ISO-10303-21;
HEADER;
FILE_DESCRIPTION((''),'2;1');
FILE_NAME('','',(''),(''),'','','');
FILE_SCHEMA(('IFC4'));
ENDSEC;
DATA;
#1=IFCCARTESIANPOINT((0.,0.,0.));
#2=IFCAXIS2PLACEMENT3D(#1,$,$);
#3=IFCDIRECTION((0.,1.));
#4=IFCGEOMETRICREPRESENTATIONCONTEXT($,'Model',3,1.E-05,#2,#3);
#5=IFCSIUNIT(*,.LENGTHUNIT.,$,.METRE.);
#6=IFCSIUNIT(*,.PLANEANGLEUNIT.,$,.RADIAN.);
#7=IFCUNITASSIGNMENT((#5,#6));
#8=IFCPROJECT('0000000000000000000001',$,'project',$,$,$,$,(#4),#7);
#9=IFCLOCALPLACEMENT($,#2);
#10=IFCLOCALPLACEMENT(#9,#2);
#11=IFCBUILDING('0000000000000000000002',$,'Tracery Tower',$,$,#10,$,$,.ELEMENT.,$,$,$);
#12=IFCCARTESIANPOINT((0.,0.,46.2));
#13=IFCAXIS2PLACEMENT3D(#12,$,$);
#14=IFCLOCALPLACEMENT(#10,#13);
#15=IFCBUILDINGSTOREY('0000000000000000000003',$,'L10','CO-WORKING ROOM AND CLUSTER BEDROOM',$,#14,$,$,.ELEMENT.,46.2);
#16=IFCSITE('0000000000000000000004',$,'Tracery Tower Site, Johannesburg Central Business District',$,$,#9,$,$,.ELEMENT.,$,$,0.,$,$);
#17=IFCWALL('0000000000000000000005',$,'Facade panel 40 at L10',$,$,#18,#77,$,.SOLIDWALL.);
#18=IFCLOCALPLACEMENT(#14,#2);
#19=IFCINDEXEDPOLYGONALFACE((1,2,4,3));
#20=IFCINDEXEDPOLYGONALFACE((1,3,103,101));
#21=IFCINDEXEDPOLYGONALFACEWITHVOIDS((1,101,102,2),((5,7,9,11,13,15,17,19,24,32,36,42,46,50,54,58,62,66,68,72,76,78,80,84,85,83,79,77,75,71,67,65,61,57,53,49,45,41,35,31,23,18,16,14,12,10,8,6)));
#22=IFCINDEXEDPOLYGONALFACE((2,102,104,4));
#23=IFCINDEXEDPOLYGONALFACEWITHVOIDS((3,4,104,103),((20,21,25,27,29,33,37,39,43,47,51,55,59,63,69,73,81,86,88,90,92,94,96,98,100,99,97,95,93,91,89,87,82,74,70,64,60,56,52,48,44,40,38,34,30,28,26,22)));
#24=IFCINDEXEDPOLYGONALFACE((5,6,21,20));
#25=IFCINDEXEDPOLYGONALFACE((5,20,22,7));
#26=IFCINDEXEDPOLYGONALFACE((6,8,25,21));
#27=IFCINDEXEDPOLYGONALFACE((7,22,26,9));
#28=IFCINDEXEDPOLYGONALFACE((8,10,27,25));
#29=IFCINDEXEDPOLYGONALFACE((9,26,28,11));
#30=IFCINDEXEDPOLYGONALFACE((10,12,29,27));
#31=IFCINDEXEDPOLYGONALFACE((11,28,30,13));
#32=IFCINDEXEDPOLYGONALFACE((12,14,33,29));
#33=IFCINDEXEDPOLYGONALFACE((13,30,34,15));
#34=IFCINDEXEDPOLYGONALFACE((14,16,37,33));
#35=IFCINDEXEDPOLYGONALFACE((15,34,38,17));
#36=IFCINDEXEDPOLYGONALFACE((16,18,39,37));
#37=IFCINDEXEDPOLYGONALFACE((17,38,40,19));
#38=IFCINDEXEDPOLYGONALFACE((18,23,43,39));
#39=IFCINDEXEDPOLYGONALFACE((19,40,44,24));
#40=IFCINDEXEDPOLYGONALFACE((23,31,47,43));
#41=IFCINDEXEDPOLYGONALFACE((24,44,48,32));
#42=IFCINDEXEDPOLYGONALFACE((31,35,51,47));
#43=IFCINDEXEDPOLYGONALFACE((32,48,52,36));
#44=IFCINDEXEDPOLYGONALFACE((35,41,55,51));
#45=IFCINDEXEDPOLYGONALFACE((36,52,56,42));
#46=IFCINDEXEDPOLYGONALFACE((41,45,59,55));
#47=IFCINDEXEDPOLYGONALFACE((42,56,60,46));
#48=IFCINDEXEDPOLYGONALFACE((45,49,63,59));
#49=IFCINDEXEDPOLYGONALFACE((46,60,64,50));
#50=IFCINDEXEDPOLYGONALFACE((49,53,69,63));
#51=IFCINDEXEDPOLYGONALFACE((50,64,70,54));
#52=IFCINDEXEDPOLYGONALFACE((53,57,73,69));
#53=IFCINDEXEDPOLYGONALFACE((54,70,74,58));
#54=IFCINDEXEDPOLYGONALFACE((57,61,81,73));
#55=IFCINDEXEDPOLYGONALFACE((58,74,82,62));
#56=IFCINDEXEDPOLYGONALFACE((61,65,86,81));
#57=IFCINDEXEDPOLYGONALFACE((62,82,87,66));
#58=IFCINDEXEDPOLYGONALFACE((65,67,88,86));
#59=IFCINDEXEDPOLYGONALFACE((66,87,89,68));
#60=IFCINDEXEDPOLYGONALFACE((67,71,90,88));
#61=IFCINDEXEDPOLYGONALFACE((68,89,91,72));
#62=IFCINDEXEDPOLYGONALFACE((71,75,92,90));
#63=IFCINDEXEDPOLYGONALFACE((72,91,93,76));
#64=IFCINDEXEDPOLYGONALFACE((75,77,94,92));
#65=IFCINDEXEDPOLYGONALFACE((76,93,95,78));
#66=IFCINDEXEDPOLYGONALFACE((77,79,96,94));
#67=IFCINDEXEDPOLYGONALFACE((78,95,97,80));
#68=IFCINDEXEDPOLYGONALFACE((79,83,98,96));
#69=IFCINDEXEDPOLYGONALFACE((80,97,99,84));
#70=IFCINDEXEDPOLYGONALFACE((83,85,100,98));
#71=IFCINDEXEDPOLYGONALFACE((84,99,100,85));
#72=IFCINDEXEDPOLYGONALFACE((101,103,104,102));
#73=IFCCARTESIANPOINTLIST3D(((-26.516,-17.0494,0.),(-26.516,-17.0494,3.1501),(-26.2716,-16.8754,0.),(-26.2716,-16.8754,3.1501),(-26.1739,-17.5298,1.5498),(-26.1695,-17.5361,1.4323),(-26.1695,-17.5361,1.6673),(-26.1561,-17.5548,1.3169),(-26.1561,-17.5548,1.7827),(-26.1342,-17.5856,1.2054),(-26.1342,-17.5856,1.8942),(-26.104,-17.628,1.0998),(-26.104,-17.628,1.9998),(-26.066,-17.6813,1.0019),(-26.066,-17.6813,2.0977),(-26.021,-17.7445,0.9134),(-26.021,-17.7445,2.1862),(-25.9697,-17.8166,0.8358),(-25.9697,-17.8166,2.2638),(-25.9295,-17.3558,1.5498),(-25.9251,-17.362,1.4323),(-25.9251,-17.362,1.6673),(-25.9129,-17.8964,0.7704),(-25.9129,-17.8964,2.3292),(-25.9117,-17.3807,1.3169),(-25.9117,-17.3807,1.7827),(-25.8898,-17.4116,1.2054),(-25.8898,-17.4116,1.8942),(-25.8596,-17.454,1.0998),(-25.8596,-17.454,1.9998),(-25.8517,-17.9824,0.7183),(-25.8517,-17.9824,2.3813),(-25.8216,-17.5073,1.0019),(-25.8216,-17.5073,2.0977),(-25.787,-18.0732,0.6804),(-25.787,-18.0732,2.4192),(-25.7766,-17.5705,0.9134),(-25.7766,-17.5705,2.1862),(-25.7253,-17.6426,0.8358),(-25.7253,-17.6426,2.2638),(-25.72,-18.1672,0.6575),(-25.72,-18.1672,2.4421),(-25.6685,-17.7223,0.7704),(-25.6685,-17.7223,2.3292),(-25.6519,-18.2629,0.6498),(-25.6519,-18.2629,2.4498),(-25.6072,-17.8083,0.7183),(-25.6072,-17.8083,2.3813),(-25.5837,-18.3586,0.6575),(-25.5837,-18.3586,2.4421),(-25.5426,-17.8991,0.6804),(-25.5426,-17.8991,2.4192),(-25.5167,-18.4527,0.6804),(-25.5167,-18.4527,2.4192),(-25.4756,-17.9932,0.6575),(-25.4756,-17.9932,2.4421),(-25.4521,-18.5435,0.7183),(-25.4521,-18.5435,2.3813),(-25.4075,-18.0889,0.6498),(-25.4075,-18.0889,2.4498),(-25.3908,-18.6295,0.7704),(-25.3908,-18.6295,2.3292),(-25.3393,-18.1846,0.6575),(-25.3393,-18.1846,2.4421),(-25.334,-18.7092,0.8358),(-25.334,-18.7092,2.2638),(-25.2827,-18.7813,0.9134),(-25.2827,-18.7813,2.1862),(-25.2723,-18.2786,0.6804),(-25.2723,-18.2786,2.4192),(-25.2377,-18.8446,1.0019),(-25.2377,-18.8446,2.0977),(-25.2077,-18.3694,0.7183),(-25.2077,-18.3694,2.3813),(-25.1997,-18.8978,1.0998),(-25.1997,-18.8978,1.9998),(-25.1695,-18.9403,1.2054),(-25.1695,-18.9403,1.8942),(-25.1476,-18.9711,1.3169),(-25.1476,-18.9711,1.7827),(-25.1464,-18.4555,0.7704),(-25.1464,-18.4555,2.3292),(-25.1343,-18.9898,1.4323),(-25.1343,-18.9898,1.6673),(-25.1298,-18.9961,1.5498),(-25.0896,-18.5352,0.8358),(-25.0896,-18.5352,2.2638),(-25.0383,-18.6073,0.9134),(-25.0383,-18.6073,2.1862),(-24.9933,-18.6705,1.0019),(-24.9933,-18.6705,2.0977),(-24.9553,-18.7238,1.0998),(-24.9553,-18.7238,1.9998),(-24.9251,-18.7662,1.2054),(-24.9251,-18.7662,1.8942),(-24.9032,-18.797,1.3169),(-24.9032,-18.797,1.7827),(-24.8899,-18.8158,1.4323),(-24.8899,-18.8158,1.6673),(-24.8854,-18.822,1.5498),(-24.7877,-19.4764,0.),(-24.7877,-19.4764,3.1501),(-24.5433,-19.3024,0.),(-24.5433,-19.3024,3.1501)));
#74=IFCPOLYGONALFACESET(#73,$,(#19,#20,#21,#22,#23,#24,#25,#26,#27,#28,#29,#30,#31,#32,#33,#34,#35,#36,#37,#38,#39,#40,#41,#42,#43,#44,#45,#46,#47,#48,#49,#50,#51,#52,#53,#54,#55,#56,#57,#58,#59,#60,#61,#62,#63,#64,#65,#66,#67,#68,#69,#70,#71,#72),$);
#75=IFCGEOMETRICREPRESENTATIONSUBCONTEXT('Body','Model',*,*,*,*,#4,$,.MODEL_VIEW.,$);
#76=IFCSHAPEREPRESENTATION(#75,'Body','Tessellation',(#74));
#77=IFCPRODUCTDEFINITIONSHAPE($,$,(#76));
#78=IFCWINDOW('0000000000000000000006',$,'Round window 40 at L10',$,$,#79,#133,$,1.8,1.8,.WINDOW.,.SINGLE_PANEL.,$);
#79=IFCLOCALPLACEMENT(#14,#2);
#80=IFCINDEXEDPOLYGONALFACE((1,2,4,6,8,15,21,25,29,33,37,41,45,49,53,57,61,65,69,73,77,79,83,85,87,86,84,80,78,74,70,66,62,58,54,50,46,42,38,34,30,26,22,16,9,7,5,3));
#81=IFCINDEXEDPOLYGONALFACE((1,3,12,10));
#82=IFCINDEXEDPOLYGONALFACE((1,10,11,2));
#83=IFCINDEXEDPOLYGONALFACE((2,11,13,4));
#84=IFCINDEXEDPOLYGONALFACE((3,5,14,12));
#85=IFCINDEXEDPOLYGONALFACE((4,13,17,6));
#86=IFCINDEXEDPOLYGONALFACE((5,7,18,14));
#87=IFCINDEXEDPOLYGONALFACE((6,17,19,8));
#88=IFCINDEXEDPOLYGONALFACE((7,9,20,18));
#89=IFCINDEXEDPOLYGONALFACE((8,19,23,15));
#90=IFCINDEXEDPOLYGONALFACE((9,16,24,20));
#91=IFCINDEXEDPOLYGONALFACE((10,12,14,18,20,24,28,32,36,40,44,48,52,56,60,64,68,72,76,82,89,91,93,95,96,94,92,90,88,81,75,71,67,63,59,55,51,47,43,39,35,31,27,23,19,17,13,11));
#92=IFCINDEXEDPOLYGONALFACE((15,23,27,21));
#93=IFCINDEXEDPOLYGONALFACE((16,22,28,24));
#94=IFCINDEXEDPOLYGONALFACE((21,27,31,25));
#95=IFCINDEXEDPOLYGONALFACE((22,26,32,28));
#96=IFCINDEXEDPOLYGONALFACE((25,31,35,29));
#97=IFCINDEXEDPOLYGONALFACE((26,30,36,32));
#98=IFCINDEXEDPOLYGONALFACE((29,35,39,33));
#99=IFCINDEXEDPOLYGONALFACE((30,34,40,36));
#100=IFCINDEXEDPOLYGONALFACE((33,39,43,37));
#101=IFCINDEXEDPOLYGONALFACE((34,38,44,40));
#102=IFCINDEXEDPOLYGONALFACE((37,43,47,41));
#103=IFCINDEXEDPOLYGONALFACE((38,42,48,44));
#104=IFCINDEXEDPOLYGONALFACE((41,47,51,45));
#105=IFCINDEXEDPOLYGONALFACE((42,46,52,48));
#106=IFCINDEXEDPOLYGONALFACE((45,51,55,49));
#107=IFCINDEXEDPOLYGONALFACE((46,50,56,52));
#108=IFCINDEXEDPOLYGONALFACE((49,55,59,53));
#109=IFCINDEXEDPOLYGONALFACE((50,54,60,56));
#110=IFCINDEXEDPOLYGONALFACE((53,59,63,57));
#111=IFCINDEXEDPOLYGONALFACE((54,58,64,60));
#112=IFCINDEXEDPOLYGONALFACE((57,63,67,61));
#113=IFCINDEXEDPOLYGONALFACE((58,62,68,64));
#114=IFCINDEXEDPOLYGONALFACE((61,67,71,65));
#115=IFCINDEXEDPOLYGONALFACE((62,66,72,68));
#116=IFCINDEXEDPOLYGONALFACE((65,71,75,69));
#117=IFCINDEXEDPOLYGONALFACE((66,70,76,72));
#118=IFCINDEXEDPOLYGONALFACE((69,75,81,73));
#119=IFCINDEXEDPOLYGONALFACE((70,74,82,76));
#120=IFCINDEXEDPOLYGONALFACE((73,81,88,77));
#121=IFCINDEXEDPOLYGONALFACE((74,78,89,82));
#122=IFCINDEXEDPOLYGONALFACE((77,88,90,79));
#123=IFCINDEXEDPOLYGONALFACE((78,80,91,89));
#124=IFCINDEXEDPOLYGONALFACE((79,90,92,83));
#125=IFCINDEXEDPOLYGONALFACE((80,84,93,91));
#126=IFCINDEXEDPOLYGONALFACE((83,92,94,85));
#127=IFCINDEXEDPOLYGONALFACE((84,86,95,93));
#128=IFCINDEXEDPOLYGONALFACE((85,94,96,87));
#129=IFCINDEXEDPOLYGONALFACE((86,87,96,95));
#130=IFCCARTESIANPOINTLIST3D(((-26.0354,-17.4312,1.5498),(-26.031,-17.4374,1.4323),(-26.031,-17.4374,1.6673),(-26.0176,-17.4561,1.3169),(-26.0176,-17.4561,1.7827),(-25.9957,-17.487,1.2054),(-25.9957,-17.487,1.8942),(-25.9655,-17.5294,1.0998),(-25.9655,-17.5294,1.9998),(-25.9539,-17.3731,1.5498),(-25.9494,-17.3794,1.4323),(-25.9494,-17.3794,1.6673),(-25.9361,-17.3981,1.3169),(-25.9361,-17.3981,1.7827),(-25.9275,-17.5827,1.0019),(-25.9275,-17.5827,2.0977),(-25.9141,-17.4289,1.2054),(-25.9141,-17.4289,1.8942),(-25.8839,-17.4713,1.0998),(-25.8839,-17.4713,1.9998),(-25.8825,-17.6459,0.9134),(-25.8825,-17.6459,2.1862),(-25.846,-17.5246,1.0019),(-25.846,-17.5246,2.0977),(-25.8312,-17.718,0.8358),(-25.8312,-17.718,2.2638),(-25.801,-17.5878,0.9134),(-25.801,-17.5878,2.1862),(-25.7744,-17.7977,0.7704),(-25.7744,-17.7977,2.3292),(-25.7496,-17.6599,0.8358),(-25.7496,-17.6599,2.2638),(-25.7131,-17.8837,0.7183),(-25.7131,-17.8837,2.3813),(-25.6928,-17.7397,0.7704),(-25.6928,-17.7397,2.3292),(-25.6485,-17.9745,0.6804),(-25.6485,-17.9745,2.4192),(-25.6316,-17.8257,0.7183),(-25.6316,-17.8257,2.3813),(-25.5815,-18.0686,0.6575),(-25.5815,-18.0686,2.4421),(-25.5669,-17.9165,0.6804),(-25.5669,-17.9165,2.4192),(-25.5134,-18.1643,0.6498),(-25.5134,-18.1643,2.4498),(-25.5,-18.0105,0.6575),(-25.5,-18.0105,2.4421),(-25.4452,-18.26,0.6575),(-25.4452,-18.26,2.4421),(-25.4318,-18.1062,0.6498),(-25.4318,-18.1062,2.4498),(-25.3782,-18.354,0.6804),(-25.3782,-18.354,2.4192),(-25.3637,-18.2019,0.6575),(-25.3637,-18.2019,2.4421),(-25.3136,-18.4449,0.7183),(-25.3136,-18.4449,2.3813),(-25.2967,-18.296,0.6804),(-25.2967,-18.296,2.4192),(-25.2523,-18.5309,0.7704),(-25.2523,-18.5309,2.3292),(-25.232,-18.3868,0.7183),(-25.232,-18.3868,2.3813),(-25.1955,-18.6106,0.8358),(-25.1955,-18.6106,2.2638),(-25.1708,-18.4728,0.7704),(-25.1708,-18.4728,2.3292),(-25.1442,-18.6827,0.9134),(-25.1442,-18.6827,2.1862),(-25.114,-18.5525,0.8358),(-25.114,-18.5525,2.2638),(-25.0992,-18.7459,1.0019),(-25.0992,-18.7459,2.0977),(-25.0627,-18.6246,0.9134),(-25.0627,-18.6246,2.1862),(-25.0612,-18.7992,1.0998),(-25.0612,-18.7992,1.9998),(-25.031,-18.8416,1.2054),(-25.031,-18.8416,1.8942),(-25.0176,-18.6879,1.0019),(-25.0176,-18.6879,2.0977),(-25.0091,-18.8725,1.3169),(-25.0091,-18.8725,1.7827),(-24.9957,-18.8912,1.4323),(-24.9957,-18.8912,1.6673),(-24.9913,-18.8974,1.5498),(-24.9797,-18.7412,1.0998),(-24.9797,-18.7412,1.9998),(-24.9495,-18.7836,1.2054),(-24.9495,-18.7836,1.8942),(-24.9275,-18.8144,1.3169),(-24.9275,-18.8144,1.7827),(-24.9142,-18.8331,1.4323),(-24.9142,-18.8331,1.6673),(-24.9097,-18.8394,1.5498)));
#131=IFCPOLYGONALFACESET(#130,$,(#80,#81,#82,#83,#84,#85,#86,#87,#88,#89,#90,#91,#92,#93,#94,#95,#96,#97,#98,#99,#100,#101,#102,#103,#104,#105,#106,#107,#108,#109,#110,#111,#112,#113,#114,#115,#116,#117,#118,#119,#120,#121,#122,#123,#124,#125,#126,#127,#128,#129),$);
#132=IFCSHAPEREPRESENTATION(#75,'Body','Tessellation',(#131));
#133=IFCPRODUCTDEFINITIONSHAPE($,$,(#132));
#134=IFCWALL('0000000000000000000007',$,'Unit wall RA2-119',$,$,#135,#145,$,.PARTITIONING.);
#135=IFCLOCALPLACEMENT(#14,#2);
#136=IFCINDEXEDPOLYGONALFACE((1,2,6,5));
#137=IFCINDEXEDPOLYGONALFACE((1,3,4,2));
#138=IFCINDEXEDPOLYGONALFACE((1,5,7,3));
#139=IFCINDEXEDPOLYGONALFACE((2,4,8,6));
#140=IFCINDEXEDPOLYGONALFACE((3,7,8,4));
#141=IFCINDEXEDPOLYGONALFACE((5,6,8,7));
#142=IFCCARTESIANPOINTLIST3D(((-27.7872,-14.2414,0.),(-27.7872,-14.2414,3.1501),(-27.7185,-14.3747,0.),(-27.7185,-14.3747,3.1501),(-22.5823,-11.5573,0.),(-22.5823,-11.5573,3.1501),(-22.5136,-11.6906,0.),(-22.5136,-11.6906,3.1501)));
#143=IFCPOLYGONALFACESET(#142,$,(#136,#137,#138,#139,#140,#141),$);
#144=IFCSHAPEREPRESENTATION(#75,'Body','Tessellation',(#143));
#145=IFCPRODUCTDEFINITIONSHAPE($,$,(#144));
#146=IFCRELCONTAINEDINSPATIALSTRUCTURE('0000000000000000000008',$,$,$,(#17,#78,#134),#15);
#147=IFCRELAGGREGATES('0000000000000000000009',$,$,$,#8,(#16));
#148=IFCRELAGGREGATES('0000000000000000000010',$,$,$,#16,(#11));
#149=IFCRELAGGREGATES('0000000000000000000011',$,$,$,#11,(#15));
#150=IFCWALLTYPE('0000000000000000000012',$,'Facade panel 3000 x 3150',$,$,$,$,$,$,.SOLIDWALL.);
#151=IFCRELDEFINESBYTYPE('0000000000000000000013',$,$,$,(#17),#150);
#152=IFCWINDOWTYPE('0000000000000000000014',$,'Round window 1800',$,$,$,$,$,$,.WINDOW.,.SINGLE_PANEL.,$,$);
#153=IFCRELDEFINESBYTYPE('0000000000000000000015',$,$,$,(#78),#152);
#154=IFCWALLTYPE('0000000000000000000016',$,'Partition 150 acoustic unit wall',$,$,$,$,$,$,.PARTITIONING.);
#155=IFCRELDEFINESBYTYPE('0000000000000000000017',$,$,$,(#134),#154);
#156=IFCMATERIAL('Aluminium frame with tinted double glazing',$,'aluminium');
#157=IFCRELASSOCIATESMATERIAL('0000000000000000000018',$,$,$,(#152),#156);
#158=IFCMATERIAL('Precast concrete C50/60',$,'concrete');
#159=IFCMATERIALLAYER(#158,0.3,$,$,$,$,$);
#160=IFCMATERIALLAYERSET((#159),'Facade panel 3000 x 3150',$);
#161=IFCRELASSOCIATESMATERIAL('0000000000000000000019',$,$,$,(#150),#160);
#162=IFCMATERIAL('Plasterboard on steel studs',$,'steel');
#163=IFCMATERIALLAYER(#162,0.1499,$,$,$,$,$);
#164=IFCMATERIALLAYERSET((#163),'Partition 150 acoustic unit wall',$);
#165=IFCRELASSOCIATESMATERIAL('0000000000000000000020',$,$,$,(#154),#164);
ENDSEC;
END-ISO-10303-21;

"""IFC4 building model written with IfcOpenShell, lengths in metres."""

from ifc_helpers import new_model, si_unit, direction, frame, frame_2d, origin, origin_2d, place, context, subcontext, project, spatial, rectangle, circle, extrude, material, layer, layer_set, type_object, element, fill, save


model = new_model("IFC4")

# Units and contexts
model_context = context("Model", 3, precision=1e-05, world=origin(), true_north=direction((0.0, 1.0)))
body_context = subcontext(model_context, "Body", "Model", "MODEL_VIEW")
ifc_project = project(units=[si_unit("LENGTHUNIT", "METRE"), si_unit("PLANEANGLEUNIT", "RADIAN")], contexts=[model_context])

# Site, building, storey
site_placement = place(None, origin())
site = spatial("IfcSite", under=ifc_project, at=site_placement, Name="Tracery Tower Site, Johannesburg Central Business District", CompositionType="ELEMENT", RefElevation=0.0)
building_placement = place(site_placement, origin())
building = spatial("IfcBuilding", under=site, at=building_placement, Name="Tracery Tower", CompositionType="ELEMENT")
storey_placement = place(building_placement, frame((0.0, 0.0, 46.2)))
storey = spatial("IfcBuildingStorey", under=building, at=storey_placement, Name="L10", Description="CO-WORKING ROOM AND CLUSTER BEDROOM", CompositionType="ELEMENT", Elevation=46.2)

# Wall, opening, window
ifc_material_1 = material(Name="Aluminium frame with tinted double glazing", Category="aluminium")
window_type = type_object("IfcWindowType", Name="Round window 1800", PartitioningType="SINGLE_PANEL", PredefinedType="WINDOW", material=ifc_material_1)
ifc_material_2 = material(Name="Precast concrete C50/60", Category="concrete")
ifc_layer_1 = layer(ifc_material_2, 0.3)
ifc_layer_set_1 = layer_set([ifc_layer_1], Name="Facade panel 3000 x 3150")
wall_type_1 = type_object("IfcWallType", Name="Facade panel 3000 x 3150", PredefinedType="SOLIDWALL", material=ifc_layer_set_1)
wall_1_placement = place(storey_placement, frame((-26.3938, -16.9624, 0.0), z_axis=(0.0, 0.0, 1.0), x_axis=(0.580059, -0.814574, 0.0)))
wall_1 = element("IfcWall", 1, at=wall_1_placement, inside=storey, type_object=wall_type_1, Name="Facade panel 40 at L10", PredefinedType="SOLIDWALL", context=body_context, shape_type="SweptSolid", body=[
    extrude(rectangle(XDim=2.9795, YDim=0.3, at=frame_2d((1.4897, 0.0))), origin(), (0.0, 0.0, 1.0), 3.1501),
])
opening_1_placement = place(wall_1_placement, frame((1.4897, 0.0, 1.5498)))
opening_1 = element("IfcOpeningElement", 2, at=opening_1_placement, cuts=wall_1, PredefinedType="OPENING", context=body_context, shape_type="SweptSolid", body=[
    extrude(circle(Radius=0.9, at=origin_2d()), frame((0.0, 0.1599, 0.0), z_axis=(0.0, -1.0, 0.0), x_axis=(1.0, 0.0, 0.0)), (0.0, 0.0, 1.0), 0.3201),
])
window_1_placement = place(opening_1_placement, origin())
window_1 = element("IfcWindow", 3, at=window_1_placement, inside=storey, type_object=window_type, Name="Round window 40 at L10", OverallHeight=1.8, OverallWidth=1.8, PartitioningType="SINGLE_PANEL", PredefinedType="WINDOW", context=body_context, shape_type="SweptSolid", body=[
    extrude(circle(Radius=0.9, at=origin_2d()), frame((0.0, 0.1201, 0.0), z_axis=(0.0, -1.0, 0.0), x_axis=(1.0, 0.0, 0.0)), (0.0, 0.0, 1.0), 0.1001),
])
fill(opening_1, window_1)

# Wall
ifc_material_3 = material(Name="Plasterboard on steel studs", Category="steel")
ifc_layer_2 = layer(ifc_material_3, 0.1499)
ifc_layer_set_2 = layer_set([ifc_layer_2], Name="Partition 150 acoustic unit wall")
wall_type_2 = type_object("IfcWallType", Name="Partition 150 acoustic unit wall", PredefinedType="PARTITIONING", material=ifc_layer_set_2)
wall_2_placement = place(storey_placement, frame((-27.7529, -14.3081, 0.0), z_axis=(0.0, 0.0, 1.0), x_axis=(0.88878, 0.458335, 0.0)))
element("IfcWall", 4, at=wall_2_placement, inside=storey, type_object=wall_type_2, Name="Unit wall RA2-119", PredefinedType="PARTITIONING", context=body_context, shape_type="SweptSolid", body=[
    extrude(rectangle(XDim=5.8562, YDim=0.1499, at=frame_2d((2.9282, 0.0))), origin(), (0.0, 0.0, 1.0), 3.1501),
])

save(model, "model.ifc")
